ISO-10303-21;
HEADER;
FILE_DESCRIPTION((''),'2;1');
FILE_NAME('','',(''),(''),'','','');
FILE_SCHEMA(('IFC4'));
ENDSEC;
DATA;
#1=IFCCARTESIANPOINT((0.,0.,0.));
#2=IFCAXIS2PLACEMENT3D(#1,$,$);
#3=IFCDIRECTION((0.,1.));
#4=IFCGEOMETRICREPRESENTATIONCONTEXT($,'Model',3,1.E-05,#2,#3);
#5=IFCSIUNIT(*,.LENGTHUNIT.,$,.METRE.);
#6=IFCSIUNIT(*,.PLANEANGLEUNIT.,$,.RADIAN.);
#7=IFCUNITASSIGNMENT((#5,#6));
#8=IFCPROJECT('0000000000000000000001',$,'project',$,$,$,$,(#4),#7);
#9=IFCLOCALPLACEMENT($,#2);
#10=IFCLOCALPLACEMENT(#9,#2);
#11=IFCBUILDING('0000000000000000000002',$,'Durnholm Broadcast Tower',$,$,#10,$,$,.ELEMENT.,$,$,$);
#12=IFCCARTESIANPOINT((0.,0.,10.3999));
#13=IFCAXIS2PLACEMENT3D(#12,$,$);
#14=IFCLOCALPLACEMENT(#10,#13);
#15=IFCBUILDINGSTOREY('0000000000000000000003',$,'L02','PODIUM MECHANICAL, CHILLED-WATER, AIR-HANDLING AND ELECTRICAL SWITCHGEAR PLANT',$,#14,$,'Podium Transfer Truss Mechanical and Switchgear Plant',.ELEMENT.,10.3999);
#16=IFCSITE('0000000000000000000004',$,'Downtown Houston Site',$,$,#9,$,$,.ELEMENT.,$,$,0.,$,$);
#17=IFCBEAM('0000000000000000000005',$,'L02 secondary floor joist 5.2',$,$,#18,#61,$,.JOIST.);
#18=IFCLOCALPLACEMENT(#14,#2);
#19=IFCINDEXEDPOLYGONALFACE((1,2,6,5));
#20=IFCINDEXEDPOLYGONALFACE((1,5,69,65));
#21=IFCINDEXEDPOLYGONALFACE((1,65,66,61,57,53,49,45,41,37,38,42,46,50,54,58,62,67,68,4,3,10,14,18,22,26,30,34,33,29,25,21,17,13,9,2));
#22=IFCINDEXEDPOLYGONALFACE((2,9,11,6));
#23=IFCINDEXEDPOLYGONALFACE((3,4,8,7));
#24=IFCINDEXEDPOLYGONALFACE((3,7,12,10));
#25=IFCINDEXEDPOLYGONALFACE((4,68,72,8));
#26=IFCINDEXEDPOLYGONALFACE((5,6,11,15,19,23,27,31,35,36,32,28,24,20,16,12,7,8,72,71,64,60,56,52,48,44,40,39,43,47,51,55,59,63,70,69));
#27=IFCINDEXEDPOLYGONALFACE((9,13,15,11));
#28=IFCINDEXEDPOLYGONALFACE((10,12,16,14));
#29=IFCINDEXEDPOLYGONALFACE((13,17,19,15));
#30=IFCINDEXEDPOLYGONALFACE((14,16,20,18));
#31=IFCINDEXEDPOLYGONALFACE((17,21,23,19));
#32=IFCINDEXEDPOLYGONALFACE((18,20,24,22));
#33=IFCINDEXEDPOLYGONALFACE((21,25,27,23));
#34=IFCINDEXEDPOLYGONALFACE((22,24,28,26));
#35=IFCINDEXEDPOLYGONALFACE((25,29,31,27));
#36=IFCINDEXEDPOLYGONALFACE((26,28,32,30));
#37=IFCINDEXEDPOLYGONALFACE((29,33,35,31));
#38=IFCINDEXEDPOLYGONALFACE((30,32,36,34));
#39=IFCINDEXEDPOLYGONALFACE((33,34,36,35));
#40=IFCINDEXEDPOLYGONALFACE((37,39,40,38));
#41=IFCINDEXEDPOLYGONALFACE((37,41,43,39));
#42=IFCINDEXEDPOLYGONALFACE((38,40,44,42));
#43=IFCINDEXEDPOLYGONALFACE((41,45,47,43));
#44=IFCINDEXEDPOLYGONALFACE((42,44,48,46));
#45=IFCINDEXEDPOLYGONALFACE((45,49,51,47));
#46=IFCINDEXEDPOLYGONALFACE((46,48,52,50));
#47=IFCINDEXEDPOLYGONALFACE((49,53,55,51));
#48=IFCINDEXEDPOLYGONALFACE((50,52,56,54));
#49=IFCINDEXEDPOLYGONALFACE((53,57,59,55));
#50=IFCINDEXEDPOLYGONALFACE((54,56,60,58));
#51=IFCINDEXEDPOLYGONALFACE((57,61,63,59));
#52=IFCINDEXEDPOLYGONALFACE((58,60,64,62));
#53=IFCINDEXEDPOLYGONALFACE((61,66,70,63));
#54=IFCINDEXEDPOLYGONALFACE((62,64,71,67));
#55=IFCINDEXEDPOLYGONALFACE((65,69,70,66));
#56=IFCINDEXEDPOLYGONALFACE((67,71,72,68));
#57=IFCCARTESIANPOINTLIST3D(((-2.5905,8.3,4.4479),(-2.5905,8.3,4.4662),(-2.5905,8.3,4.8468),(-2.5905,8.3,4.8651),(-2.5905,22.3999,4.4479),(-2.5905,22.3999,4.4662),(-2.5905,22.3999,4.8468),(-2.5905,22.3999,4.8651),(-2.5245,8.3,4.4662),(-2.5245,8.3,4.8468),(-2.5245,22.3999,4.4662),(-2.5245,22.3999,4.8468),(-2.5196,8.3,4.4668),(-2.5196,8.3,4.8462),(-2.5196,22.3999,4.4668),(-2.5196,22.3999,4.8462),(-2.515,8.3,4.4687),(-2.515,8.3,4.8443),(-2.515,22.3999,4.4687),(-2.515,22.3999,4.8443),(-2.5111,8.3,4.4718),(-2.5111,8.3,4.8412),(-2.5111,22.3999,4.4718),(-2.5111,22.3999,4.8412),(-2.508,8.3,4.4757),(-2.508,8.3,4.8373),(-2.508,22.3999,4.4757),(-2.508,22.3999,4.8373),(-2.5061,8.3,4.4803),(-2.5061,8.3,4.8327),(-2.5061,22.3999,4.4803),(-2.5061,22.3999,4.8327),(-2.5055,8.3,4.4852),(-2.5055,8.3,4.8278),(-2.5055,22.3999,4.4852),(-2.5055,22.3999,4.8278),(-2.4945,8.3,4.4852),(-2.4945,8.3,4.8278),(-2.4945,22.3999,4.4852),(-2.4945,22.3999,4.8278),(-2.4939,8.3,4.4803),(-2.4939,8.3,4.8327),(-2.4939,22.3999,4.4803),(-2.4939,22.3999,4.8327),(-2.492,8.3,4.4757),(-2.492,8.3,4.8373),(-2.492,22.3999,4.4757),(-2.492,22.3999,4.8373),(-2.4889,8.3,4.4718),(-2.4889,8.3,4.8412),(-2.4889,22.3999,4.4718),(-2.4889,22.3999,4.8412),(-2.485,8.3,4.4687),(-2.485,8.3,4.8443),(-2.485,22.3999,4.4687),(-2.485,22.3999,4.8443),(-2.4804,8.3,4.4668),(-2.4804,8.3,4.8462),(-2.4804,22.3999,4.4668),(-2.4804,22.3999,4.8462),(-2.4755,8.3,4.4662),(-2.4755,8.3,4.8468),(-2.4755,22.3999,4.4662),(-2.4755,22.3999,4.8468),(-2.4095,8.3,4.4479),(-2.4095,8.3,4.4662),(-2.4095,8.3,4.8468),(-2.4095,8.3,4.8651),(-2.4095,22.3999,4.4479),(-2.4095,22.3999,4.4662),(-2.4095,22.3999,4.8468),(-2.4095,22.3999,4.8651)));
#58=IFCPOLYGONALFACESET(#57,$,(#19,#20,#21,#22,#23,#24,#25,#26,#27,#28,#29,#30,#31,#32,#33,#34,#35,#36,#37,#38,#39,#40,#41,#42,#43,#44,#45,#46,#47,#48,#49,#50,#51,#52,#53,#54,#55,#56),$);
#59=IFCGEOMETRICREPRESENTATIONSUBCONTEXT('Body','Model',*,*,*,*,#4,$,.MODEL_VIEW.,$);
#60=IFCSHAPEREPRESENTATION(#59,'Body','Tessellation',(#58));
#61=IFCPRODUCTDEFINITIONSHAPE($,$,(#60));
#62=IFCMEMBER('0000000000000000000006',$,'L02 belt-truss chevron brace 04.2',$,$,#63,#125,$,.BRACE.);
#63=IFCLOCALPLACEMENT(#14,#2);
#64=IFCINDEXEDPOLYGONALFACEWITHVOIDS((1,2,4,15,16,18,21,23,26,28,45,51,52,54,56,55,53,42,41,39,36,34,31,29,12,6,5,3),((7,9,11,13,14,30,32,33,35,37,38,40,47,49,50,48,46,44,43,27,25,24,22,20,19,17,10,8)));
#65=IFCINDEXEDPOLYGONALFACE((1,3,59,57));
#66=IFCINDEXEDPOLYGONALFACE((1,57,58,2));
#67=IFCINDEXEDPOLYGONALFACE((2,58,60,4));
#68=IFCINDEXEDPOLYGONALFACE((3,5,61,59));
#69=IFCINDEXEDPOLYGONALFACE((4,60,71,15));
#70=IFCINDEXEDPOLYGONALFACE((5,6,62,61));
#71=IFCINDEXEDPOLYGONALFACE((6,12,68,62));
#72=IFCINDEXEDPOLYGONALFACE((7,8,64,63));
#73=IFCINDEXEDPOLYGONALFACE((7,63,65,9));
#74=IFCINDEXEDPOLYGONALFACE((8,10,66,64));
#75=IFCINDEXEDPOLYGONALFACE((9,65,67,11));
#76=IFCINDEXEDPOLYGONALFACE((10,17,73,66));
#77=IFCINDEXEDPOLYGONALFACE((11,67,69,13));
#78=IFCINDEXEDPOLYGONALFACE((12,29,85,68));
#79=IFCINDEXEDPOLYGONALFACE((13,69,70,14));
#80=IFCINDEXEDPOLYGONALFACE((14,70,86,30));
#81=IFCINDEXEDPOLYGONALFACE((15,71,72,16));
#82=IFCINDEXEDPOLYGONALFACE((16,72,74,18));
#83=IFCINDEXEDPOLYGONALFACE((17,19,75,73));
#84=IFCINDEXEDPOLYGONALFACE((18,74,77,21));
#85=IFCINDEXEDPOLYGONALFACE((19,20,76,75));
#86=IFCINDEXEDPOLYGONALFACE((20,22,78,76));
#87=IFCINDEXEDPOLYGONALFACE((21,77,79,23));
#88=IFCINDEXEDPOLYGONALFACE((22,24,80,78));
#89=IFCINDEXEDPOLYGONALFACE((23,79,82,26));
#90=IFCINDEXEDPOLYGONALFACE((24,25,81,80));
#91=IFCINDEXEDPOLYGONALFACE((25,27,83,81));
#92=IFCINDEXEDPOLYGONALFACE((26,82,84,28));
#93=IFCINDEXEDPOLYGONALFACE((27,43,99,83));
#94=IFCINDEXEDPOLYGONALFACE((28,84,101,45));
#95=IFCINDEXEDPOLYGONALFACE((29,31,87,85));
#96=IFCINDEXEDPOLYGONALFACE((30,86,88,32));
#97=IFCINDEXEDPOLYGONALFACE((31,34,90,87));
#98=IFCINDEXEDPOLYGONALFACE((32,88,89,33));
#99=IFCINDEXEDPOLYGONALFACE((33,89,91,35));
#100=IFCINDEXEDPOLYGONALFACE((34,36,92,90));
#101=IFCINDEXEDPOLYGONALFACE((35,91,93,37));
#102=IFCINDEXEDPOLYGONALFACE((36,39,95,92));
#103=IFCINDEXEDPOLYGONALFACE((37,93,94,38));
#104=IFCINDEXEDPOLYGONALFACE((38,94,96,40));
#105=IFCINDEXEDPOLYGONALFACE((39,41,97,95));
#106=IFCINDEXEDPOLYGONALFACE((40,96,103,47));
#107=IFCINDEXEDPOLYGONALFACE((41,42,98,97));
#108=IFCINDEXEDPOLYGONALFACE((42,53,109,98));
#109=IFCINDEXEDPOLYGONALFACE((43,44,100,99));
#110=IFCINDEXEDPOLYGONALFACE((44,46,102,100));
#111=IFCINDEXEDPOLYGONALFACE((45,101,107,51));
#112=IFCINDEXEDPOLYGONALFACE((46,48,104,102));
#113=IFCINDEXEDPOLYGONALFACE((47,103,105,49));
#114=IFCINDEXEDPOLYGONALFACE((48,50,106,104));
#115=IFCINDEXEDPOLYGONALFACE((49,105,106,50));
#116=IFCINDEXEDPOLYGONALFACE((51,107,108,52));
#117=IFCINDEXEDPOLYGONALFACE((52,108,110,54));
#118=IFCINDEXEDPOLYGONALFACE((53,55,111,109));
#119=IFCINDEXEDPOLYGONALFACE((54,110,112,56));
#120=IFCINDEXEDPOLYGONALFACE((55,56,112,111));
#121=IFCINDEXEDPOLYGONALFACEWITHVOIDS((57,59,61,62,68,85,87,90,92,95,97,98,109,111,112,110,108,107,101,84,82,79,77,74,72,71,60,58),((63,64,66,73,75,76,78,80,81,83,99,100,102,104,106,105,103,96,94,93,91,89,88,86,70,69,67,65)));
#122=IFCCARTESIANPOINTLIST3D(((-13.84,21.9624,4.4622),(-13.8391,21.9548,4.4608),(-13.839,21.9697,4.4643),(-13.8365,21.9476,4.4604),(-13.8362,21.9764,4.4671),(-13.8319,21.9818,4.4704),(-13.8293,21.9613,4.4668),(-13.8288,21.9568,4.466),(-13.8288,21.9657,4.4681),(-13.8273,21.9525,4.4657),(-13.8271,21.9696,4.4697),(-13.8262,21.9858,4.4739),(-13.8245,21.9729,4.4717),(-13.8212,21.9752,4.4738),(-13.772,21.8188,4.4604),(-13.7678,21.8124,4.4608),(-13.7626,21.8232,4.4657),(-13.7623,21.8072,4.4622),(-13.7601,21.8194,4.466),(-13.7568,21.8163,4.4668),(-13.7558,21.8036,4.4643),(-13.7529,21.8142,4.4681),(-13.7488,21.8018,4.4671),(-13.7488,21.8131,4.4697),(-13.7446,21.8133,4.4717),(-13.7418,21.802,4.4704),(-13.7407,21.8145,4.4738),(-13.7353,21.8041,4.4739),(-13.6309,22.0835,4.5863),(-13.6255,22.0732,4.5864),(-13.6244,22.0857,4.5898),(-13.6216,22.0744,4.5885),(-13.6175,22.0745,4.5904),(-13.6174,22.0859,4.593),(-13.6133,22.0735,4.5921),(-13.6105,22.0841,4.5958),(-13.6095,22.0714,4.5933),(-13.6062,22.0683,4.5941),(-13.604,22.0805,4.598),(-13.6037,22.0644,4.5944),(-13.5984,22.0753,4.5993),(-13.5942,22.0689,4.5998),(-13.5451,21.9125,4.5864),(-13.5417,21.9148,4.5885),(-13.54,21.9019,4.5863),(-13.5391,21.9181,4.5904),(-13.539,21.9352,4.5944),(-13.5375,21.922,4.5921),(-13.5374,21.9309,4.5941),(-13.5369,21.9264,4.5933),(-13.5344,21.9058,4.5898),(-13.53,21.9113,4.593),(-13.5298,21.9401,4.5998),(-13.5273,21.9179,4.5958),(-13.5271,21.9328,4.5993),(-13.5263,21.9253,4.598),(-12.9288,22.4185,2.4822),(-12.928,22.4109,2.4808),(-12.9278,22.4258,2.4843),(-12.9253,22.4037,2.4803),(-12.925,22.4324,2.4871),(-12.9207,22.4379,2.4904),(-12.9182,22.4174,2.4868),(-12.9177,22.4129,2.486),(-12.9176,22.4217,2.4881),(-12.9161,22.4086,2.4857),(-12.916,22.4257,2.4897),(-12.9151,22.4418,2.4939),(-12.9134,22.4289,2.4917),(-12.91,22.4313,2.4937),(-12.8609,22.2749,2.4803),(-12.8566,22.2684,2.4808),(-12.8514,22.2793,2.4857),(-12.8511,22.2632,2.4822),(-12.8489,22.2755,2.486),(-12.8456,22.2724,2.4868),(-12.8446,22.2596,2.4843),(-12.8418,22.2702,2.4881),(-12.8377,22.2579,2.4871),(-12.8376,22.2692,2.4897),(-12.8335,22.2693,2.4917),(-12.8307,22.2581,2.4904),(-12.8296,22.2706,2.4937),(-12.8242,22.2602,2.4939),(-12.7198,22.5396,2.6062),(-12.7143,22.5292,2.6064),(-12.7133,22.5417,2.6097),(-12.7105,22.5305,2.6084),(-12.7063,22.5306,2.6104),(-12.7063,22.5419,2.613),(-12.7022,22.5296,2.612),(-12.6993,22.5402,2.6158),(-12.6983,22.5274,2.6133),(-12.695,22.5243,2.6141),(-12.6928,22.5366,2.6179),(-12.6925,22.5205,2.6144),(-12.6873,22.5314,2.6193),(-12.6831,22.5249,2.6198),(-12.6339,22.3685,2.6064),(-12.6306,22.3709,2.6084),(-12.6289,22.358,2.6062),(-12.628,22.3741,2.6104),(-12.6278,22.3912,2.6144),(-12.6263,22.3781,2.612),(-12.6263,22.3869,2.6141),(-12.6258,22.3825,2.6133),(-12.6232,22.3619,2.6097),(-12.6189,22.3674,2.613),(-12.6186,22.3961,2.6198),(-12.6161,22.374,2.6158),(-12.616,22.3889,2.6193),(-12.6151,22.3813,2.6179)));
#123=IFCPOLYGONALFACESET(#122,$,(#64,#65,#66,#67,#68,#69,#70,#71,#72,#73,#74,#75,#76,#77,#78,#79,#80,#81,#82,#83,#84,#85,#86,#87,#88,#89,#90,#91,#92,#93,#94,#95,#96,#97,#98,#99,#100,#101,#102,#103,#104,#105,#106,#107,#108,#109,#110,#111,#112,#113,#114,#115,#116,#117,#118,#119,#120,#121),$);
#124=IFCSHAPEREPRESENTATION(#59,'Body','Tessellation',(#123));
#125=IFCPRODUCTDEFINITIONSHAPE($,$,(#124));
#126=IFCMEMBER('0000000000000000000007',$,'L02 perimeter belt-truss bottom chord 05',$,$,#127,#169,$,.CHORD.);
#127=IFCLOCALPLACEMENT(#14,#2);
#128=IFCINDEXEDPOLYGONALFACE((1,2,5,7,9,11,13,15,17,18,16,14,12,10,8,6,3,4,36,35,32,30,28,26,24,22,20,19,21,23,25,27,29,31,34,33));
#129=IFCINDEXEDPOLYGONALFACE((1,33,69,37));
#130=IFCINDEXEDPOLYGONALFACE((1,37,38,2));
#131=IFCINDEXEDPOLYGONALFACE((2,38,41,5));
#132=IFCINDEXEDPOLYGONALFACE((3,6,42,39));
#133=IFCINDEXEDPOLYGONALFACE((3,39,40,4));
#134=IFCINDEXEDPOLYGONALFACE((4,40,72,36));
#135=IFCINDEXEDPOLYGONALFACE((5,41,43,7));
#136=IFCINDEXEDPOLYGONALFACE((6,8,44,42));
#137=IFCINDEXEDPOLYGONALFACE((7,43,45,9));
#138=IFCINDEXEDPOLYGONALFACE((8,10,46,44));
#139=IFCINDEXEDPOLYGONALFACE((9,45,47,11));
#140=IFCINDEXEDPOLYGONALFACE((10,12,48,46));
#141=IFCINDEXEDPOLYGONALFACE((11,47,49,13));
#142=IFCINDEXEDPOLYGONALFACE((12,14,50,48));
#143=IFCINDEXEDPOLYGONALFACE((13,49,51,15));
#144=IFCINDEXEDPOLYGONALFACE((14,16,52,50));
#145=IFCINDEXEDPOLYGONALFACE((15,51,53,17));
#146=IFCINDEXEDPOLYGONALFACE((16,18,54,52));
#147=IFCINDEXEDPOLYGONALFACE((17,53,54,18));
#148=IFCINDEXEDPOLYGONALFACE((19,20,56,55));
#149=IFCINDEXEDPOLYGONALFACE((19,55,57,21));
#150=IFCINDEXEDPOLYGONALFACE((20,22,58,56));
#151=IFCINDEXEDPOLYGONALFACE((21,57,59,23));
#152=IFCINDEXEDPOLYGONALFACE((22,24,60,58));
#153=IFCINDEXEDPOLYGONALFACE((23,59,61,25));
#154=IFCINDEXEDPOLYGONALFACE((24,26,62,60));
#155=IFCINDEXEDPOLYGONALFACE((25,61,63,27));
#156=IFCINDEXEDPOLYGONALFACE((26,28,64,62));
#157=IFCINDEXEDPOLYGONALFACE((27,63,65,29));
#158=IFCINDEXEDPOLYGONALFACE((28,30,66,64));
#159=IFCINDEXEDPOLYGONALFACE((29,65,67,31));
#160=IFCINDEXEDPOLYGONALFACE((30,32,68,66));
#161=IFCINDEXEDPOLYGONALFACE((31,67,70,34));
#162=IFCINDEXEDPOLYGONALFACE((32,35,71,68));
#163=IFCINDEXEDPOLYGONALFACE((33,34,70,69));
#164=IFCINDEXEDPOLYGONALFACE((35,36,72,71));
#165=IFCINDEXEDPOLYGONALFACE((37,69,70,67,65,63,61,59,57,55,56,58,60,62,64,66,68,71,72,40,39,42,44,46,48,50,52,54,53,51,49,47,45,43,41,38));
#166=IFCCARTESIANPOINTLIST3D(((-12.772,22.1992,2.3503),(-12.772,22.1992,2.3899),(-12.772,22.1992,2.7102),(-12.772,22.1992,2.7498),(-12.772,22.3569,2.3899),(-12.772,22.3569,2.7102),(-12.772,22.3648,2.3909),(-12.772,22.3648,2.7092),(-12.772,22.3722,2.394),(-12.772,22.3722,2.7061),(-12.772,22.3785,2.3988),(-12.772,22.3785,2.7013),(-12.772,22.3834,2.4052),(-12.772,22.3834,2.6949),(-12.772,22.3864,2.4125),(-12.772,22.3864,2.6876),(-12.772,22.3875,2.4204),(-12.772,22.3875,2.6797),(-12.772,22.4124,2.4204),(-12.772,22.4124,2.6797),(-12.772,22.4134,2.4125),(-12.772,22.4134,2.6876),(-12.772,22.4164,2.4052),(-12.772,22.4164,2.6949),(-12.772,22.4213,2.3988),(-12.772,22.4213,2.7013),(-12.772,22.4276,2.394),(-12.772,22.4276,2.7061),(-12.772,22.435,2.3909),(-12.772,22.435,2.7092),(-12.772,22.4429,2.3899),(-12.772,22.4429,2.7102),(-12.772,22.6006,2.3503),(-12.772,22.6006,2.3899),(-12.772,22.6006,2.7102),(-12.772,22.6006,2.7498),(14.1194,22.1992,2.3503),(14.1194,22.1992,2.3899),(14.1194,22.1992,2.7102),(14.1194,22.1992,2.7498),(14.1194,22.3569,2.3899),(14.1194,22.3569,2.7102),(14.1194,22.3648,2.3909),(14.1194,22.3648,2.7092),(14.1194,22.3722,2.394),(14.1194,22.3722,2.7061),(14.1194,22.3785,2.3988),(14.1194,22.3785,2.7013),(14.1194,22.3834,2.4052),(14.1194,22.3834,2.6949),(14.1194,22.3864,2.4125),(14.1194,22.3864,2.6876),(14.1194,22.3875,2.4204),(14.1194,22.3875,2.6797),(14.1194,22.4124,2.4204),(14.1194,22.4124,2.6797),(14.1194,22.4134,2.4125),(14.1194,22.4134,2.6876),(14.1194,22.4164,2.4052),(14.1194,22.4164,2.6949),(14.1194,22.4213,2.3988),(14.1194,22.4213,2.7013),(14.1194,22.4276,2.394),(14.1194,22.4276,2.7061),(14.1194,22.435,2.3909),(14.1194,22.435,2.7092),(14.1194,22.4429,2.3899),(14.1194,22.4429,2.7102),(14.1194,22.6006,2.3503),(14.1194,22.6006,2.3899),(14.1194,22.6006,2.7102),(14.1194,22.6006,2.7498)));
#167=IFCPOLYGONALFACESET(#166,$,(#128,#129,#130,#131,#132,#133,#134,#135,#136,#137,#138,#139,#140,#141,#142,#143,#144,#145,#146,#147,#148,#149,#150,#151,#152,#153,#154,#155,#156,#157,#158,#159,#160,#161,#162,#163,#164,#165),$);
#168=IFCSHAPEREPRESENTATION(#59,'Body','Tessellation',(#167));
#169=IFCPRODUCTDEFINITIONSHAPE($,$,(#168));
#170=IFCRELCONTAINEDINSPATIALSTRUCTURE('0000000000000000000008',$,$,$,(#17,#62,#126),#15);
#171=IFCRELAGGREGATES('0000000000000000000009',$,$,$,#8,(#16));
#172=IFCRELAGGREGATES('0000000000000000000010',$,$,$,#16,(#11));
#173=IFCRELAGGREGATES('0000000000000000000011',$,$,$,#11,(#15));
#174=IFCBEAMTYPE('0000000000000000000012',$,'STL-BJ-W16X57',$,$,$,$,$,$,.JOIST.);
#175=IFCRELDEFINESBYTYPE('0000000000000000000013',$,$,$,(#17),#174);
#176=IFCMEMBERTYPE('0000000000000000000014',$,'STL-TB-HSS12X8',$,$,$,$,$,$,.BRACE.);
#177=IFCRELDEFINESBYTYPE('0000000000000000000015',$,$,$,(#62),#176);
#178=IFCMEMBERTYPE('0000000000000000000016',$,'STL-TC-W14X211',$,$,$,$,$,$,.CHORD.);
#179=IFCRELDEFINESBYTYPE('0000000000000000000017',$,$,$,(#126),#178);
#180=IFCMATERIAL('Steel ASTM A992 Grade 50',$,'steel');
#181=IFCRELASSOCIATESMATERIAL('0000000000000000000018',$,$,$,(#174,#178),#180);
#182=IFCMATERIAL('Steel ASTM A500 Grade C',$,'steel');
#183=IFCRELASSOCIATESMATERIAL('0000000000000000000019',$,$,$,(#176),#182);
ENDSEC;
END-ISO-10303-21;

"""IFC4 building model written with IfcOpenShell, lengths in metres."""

from ifc_helpers import new_model, si_unit, direction, frame, origin, origin_2d, place, context, subcontext, project, spatial, hollow_rectangle, i_section, extrude, source, transform, mapped, material, material_profile, profile_set, type_object, type_shapes, element, save


model = new_model("IFC4")

# Units and contexts
model_context = context("Model", 3, precision=1e-05, world=origin(), true_north=direction((0.0, 1.0)))
body_context = subcontext(model_context, "Body", "Model", "MODEL_VIEW")
ifc_project = project(units=[si_unit("LENGTHUNIT", "METRE"), si_unit("PLANEANGLEUNIT", "RADIAN")], contexts=[model_context])

# Site, building, storey
site_placement = place(None, origin())
site = spatial("IfcSite", under=ifc_project, at=site_placement, Name="Downtown Houston Site", CompositionType="ELEMENT", RefElevation=0.0)
building_placement = place(site_placement, origin())
building = spatial("IfcBuilding", under=site, at=building_placement, Name="Durnholm Broadcast Tower", CompositionType="ELEMENT")
storey_placement = place(building_placement, frame((0.0, 0.0, 10.3999)))
storey = spatial("IfcBuildingStorey", under=building, at=storey_placement, Name="L02", Description="PODIUM MECHANICAL, CHILLED-WATER, AIR-HANDLING AND ELECTRICAL SWITCHGEAR PLANT", LongName="Podium Transfer Truss Mechanical and Switchgear Plant", CompositionType="ELEMENT", Elevation=10.3999)

# Beam
ifc_material_1 = material(Name="Steel ASTM A992 Grade 50", Category="steel")
ifc_material_profile_1 = material_profile(ifc_material_1, i_section(OverallWidth=0.1809, OverallDepth=0.4172, WebThickness=0.011, FlangeThickness=0.0183, FilletRadius=0.019, at=origin_2d()), Name="W16X57")
ifc_profile_set_1 = profile_set([ifc_material_profile_1], Name="Steel ASTM A992 Grade 50")
beam_type_1 = type_object("IfcBeamType", Name="STL-BJ-W16X57", PredefinedType="JOIST", material=ifc_profile_set_1)
shared_shape_1 = source(origin(), body_context, "Body", "SweptSolid", [
    extrude(i_section(OverallWidth=0.1809, OverallDepth=0.4172, WebThickness=0.011, FlangeThickness=0.0183, FilletRadius=0.019, at=origin_2d()), origin(), (0.0, 0.0, 1.0), 14.0999),
])
type_shapes(beam_type_1, [shared_shape_1])
for number, where, z_axis, x_axis, name in (
    (1, (-2.5, 8.3, 4.6565), (0.0, 1.0, 0.0), (-1.0, 0.0, 0.0), "L02 secondary floor joist 5.2"),
):
    element("IfcBeam", number, at=place(storey_placement, frame(where, z_axis=z_axis, x_axis=x_axis)), inside=storey, type_object=beam_type_1, Name=name, PredefinedType="JOIST", context=body_context, shape_type="MappedRepresentation", body=[
        mapped(shared_shape_1, transform((0.0, 0.0, 0.0), x_axis=(1.0, 0.0, 0.0), y_axis=(0.0, 1.0, 0.0), z_axis=(0.0, 0.0, 1.0), scale=1.0)),
    ])

# Members
ifc_material_2 = material(Name="Steel ASTM A500 Grade C", Category="steel")
ifc_material_profile_2 = material_profile(ifc_material_2, hollow_rectangle(XDim=0.2031, YDim=0.3047, WallThickness=0.0117, InnerFilletRadius=0.0176, OuterFilletRadius=0.0295, at=origin_2d()), Name="HSS12X8X1/2")
ifc_profile_set_2 = profile_set([ifc_material_profile_2], Name="Steel ASTM A500 Grade C")
member_type_1 = type_object("IfcMemberType", Name="STL-TB-HSS12X8", PredefinedType="BRACE", material=ifc_profile_set_2)
shared_shape_2 = source(origin(), body_context, "Body", "SweptSolid", [
    extrude(hollow_rectangle(XDim=0.2031, YDim=0.3047, WallThickness=0.0117, InnerFilletRadius=0.0176, OuterFilletRadius=0.0295, at=origin_2d()), origin(), (0.0, 0.0, 1.0), 2.2268),
])
type_shapes(member_type_1, [shared_shape_2])
member_1_placement = place(storey_placement, frame((-12.772, 22.3999, 2.55), z_axis=(-0.409174, -0.204806, 0.889174), x_axis=(0.447597, -0.894235, 0.0)))
element("IfcMember", 2, at=member_1_placement, inside=storey, type_object=member_type_1, Name="L02 belt-truss chevron brace 04.2", PredefinedType="BRACE", context=body_context, shape_type="MappedRepresentation", body=[
    mapped(shared_shape_2, transform((0.0, 0.0, 0.0), x_axis=(1.0, 0.0, 0.0), y_axis=(0.0, 1.0, 0.0), z_axis=(0.0, 0.0, 1.0), scale=1.0)),
])
ifc_material_profile_3 = material_profile(ifc_material_1, i_section(OverallWidth=0.4014, OverallDepth=0.3994, WebThickness=0.0249, FlangeThickness=0.0396, FilletRadius=0.0305, at=origin_2d()), Name="W14X211")
ifc_profile_set_3 = profile_set([ifc_material_profile_3], Name="Steel ASTM A992 Grade 50")
member_type_2 = type_object("IfcMemberType", Name="STL-TC-W14X211", PredefinedType="CHORD", material=ifc_profile_set_3)
shared_shape_3 = source(origin(), body_context, "Body", "SweptSolid", [
    extrude(i_section(OverallWidth=0.4014, OverallDepth=0.3994, WebThickness=0.0249, FlangeThickness=0.0396, FilletRadius=0.0305, at=origin_2d()), origin(), (0.0, 0.0, 1.0), 26.8914),
])
type_shapes(member_type_2, [shared_shape_3])
member_2_placement = place(storey_placement, frame((-12.772, 22.3999, 2.55), z_axis=(1.0, 0.0, 0.0), x_axis=(0.0, 1.0, 0.0)))
element("IfcMember", 3, at=member_2_placement, inside=storey, type_object=member_type_2, Name="L02 perimeter belt-truss bottom chord 05", PredefinedType="CHORD", context=body_context, shape_type="MappedRepresentation", body=[
    mapped(shared_shape_3, transform((0.0, 0.0, 0.0), x_axis=(1.0, 0.0, 0.0), y_axis=(0.0, 1.0, 0.0), z_axis=(0.0, 0.0, 1.0), scale=1.0)),
])

save(model, "model.ifc")
